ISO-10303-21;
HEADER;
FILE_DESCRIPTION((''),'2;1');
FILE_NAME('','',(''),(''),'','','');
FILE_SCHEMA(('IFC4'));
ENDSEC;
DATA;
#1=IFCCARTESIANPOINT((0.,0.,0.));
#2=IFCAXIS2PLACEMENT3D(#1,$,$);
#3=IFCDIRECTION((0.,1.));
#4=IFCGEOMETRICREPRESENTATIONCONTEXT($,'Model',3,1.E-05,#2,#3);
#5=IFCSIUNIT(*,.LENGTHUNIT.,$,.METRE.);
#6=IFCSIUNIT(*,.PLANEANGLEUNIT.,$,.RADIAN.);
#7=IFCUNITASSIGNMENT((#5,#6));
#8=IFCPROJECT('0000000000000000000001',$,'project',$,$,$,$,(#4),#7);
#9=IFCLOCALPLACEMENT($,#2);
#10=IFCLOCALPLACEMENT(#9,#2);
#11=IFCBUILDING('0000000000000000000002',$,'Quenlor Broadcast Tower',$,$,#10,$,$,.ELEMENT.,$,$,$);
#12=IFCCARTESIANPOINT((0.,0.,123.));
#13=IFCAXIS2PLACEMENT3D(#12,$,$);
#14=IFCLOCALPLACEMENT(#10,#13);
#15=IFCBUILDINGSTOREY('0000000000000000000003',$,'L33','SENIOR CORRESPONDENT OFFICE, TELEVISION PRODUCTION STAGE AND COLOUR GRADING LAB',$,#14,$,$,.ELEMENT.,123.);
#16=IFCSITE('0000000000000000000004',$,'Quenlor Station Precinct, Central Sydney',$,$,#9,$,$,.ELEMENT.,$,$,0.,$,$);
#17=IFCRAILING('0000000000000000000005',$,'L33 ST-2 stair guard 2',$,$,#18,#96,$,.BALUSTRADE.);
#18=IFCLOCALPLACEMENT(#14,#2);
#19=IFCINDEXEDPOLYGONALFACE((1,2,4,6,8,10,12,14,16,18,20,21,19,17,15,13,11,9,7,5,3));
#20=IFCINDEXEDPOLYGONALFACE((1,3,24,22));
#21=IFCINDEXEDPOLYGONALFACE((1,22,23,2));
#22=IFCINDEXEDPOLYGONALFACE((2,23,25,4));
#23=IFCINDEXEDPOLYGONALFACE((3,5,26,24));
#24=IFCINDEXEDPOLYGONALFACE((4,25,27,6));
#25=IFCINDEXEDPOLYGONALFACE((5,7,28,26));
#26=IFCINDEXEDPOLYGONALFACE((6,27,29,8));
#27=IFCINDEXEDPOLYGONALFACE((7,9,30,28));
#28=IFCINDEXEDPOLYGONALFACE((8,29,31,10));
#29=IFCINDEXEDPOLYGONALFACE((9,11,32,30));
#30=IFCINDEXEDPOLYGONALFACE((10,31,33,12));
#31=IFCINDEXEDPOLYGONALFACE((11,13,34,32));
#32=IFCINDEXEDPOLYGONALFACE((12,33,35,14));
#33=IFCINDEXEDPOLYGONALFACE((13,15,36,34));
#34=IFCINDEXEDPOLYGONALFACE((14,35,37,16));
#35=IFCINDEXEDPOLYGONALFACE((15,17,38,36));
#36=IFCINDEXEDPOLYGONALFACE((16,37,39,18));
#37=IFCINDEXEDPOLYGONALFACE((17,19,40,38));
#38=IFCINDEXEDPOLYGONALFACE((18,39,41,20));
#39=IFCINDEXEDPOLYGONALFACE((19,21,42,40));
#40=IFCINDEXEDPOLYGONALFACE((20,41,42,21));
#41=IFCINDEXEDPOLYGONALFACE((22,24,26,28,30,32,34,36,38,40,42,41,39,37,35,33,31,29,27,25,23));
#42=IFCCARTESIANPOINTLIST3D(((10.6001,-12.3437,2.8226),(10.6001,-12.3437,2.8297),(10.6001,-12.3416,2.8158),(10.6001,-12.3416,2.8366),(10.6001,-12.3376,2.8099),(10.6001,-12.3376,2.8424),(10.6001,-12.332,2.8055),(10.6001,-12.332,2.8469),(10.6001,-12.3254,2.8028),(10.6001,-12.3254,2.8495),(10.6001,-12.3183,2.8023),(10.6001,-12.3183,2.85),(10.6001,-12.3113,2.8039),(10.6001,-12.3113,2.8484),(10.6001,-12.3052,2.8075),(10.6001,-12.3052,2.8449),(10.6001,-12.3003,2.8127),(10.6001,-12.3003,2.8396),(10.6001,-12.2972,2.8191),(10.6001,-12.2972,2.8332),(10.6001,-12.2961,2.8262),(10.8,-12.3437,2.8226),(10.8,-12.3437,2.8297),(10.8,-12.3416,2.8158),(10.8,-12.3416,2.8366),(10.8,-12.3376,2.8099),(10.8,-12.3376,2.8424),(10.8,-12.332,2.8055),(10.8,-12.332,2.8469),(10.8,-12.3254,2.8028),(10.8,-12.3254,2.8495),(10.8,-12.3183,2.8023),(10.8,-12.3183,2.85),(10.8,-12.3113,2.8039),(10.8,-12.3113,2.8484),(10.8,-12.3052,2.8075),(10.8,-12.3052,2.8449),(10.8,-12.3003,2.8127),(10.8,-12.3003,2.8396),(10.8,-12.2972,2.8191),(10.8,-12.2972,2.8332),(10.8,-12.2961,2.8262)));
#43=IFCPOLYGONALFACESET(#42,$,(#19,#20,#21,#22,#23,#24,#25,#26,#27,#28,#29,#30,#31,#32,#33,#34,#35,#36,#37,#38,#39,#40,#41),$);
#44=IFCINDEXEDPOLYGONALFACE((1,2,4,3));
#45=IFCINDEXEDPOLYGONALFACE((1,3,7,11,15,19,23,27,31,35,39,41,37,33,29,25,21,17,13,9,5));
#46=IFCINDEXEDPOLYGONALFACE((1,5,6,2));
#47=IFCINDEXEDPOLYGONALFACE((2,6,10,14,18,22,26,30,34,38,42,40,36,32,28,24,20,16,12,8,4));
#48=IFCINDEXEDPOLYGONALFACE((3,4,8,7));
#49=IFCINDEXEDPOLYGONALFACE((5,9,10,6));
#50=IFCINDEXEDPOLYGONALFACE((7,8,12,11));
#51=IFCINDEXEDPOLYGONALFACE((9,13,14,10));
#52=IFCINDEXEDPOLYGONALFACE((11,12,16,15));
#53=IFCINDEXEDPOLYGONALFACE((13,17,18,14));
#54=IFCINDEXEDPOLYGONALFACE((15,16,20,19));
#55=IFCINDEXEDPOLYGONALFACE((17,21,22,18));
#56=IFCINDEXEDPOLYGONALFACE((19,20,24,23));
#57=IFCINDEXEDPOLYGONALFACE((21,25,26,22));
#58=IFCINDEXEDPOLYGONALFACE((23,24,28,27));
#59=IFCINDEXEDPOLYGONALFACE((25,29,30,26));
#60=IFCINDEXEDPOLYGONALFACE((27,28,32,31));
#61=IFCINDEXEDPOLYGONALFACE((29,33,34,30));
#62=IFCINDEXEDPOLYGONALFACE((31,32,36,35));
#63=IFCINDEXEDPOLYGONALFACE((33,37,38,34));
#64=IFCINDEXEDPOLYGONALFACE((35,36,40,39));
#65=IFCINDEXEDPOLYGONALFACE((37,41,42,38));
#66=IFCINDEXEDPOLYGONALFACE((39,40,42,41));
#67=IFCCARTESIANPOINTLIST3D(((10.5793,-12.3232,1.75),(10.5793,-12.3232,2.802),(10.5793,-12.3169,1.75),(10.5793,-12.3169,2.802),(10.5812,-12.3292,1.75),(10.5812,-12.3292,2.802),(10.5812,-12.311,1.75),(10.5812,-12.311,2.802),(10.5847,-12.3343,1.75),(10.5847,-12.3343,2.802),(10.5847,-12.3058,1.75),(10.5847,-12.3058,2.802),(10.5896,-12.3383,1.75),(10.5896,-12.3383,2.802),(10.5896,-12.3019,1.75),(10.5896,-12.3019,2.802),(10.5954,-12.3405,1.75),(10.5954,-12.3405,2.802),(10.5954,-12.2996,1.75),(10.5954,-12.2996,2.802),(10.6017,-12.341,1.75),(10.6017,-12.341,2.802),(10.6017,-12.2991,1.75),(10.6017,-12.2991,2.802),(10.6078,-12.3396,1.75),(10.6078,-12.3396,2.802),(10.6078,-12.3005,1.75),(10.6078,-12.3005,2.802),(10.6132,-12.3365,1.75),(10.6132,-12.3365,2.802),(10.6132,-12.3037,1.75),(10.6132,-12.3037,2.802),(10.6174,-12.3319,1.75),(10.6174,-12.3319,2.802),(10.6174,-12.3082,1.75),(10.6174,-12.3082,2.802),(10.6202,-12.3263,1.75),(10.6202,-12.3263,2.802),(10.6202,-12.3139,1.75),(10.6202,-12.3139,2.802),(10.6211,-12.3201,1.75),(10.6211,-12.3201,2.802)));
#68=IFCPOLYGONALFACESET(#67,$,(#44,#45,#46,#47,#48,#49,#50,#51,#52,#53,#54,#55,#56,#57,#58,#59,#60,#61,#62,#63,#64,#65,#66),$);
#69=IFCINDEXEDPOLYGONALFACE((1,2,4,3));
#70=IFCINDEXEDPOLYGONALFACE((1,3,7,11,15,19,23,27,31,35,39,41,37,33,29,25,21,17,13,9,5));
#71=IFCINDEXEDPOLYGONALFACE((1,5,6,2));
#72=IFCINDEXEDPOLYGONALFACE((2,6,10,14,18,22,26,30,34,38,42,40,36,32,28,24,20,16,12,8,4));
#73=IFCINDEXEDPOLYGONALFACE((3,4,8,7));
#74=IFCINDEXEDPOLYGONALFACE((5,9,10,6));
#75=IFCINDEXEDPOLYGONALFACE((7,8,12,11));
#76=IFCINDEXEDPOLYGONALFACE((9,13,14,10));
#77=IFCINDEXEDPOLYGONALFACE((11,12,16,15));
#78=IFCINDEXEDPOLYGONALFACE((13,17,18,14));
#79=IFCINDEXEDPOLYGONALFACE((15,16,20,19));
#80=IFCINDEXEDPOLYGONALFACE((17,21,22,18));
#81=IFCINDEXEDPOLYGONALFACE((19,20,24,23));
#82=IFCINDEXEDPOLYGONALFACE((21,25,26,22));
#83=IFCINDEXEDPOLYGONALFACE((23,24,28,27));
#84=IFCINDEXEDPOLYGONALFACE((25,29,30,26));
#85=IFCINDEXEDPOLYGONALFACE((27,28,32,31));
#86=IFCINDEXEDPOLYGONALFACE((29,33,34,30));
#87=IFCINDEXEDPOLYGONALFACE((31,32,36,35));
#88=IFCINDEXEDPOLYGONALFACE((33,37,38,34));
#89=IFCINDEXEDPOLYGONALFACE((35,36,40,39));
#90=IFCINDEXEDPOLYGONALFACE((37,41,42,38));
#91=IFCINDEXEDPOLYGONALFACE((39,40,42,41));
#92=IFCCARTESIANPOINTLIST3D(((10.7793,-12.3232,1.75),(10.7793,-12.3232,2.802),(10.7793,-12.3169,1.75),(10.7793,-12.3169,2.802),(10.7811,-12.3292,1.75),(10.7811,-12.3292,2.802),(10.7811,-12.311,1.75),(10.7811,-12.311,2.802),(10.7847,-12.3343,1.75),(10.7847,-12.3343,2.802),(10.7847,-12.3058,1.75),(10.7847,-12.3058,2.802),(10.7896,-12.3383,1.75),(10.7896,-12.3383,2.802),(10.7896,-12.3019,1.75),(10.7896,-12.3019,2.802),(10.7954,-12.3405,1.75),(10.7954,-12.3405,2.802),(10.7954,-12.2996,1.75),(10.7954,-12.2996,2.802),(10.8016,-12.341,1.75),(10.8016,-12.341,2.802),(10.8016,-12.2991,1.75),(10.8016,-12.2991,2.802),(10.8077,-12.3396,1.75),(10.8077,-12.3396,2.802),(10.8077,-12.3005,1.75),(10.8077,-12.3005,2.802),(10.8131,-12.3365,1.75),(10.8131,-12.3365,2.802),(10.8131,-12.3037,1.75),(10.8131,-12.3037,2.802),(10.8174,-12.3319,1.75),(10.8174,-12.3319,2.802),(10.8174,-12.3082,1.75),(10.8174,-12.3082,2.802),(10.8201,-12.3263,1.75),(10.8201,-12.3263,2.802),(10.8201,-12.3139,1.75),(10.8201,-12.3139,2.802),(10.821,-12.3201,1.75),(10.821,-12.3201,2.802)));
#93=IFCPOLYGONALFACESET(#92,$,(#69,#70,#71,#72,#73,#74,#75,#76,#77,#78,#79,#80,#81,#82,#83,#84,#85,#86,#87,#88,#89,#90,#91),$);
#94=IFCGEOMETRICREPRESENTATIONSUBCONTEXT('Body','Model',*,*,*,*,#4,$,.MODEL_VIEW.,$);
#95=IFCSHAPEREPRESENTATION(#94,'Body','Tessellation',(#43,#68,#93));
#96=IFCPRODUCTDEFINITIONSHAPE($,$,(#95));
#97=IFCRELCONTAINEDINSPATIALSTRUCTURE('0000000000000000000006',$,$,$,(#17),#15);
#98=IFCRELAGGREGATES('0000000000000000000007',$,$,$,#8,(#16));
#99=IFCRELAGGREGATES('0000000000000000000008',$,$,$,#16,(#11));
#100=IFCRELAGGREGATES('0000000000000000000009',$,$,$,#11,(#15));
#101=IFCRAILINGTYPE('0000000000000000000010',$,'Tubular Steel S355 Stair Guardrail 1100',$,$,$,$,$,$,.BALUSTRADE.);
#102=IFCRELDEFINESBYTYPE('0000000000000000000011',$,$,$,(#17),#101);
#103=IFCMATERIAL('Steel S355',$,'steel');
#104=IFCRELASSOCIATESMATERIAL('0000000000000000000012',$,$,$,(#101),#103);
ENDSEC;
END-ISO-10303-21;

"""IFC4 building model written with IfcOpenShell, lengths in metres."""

from ifc_helpers import new_model, si_unit, direction, frame, origin, origin_2d, place, context, subcontext, project, spatial, circle, extrude, material, type_object, element, save


model = new_model("IFC4")

# Units and contexts
model_context = context("Model", 3, precision=1e-05, world=origin(), true_north=direction((0.0, 1.0)))
body_context = subcontext(model_context, "Body", "Model", "MODEL_VIEW")
ifc_project = project(units=[si_unit("LENGTHUNIT", "METRE"), si_unit("PLANEANGLEUNIT", "RADIAN")], contexts=[model_context])

# Site, building, storey
site_placement = place(None, origin())
site = spatial("IfcSite", under=ifc_project, at=site_placement, Name="Quenlor Station Precinct, Central Sydney", CompositionType="ELEMENT", RefElevation=0.0)
building_placement = place(site_placement, origin())
building = spatial("IfcBuilding", under=site, at=building_placement, Name="Quenlor Broadcast Tower", CompositionType="ELEMENT")
storey_placement = place(building_placement, frame((0.0, 0.0, 123.0)))
storey = spatial("IfcBuildingStorey", under=building, at=storey_placement, Name="L33", Description="SENIOR CORRESPONDENT OFFICE, TELEVISION PRODUCTION STAGE AND COLOUR GRADING LAB", CompositionType="ELEMENT", Elevation=123.0)

# Railing
ifc_material_1 = material(Name="Steel S355", Category="steel")
railing_type_1 = type_object("IfcRailingType", Name="Tubular Steel S355 Stair Guardrail 1100", PredefinedType="BALUSTRADE", material=ifc_material_1)
railing_1_placement = place(storey_placement, frame((10.6001, -12.3201, 1.75)))
element("IfcRailing", 1, at=railing_1_placement, inside=storey, type_object=railing_type_1, Name="L33 ST-2 stair guard 2", PredefinedType="BALUSTRADE", context=body_context, shape_type="SweptSolid", body=[
    extrude(circle(Radius=0.0239, at=origin_2d()), frame((0.0, 0.0, 1.0762), z_axis=(1.0, 0.0, 0.0), x_axis=(0.0, 1.0, 0.0)), (0.0, 0.0, 1.0), 0.2),
    extrude(circle(Radius=0.021, at=origin_2d()), origin(), (0.0, 0.0, 1.0), 1.052),
    extrude(circle(Radius=0.021, at=origin_2d()), frame((0.2, 0.0, 0.0)), (0.0, 0.0, 1.0), 1.052),
])

save(model, "model.ifc")
